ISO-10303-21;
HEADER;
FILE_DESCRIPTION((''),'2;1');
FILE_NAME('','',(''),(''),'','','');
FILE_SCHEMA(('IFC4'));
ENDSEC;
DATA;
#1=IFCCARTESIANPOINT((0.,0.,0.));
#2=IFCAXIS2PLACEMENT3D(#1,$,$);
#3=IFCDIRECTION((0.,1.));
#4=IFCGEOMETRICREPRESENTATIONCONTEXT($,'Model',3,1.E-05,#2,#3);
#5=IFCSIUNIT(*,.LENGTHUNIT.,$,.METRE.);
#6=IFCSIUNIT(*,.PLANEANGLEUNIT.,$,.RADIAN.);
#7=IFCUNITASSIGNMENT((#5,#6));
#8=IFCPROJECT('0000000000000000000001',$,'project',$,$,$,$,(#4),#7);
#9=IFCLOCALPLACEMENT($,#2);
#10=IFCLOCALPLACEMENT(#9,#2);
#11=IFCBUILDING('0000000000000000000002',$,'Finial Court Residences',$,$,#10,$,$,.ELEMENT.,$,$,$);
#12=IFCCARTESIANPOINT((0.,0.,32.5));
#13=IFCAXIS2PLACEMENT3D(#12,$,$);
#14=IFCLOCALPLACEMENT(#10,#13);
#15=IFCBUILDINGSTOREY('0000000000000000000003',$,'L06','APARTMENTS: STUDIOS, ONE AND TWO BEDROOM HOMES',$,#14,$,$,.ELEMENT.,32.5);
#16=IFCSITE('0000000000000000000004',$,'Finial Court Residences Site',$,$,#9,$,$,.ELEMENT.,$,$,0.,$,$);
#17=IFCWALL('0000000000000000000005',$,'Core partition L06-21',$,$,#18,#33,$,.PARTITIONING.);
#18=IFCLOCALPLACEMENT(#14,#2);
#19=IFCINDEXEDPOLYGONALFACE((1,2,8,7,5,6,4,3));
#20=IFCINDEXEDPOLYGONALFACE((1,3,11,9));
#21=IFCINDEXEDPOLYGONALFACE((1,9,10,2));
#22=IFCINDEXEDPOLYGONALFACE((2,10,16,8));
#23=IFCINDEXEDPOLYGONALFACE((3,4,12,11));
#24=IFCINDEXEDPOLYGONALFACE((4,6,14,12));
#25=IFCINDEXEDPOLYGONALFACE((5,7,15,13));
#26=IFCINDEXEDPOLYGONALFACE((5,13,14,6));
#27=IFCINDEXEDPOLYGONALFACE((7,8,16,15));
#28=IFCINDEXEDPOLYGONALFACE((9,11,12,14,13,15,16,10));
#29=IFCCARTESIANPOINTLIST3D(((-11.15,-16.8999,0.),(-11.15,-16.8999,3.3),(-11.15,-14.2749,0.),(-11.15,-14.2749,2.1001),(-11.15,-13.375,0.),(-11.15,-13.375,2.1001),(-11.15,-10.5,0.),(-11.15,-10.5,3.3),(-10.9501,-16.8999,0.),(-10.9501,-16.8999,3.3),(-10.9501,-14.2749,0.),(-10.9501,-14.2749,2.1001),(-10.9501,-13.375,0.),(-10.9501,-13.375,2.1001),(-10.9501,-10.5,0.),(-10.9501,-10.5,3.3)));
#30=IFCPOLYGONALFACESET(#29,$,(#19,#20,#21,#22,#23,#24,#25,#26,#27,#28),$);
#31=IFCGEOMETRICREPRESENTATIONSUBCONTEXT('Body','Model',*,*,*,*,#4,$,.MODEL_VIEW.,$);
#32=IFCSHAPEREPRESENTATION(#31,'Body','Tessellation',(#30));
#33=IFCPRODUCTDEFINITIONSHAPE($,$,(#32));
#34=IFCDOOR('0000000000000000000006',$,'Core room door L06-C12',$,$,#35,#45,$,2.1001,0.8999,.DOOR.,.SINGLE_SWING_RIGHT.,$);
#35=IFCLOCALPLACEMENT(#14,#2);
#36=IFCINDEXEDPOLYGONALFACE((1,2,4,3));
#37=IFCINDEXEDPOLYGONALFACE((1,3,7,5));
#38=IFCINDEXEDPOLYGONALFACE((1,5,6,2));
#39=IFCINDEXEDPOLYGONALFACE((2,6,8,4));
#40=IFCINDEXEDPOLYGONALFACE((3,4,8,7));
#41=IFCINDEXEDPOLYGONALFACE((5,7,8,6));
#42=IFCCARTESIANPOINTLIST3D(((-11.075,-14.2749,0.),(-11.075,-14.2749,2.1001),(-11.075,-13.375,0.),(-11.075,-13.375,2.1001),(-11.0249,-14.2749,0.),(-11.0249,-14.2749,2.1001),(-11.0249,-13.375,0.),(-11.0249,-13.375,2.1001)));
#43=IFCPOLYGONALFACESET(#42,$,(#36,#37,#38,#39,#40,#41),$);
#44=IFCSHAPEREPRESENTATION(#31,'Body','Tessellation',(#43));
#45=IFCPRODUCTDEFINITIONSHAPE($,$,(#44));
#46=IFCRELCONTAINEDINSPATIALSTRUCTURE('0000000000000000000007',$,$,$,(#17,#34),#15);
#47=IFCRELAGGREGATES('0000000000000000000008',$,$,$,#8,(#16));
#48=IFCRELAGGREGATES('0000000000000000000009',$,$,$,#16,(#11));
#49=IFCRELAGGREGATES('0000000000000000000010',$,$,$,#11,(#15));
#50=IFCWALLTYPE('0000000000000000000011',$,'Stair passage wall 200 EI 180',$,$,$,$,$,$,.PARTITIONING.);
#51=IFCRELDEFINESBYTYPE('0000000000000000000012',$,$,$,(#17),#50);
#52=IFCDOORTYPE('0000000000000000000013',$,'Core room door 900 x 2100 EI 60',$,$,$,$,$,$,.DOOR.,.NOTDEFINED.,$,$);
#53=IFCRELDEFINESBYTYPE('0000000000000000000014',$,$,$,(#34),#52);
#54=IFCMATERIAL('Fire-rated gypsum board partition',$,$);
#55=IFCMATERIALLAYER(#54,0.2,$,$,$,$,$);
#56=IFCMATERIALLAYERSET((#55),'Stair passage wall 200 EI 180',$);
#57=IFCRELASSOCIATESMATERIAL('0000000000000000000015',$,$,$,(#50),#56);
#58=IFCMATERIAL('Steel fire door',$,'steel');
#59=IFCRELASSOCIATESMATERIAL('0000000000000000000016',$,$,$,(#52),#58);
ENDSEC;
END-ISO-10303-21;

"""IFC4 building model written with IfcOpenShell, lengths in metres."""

from ifc_helpers import new_model, si_unit, direction, frame, frame_2d, origin, place, context, subcontext, project, spatial, rectangle, extrude, material, layer, layer_set, type_object, element, fill, save


model = new_model("IFC4")

# Units and contexts
model_context = context("Model", 3, precision=1e-05, world=origin(), true_north=direction((0.0, 1.0)))
body_context = subcontext(model_context, "Body", "Model", "MODEL_VIEW")
ifc_project = project(units=[si_unit("LENGTHUNIT", "METRE"), si_unit("PLANEANGLEUNIT", "RADIAN")], contexts=[model_context])

# Site, building, storey
site_placement = place(None, origin())
site = spatial("IfcSite", under=ifc_project, at=site_placement, Name="Finial Court Residences Site", CompositionType="ELEMENT", RefElevation=0.0)
building_placement = place(site_placement, origin())
building = spatial("IfcBuilding", under=site, at=building_placement, Name="Finial Court Residences", CompositionType="ELEMENT")
storey_placement = place(building_placement, frame((0.0, 0.0, 32.5)))
storey = spatial("IfcBuildingStorey", under=building, at=storey_placement, Name="L06", Description="APARTMENTS: STUDIOS, ONE AND TWO BEDROOM HOMES", CompositionType="ELEMENT", Elevation=32.5)

# Shared definitions
ifc_material_1 = material(Name="Fire-rated gypsum board partition")

# Wall, opening, door
ifc_material_2 = material(Name="Steel fire door", Category="steel")
ifc_layer_1 = layer(ifc_material_1, 0.2)
ifc_layer_set_1 = layer_set([ifc_layer_1], Name="Stair passage wall 200 EI 180")
wall_type_1 = type_object("IfcWallType", Name="Stair passage wall 200 EI 180", PredefinedType="PARTITIONING", material=ifc_layer_set_1)
wall_1_placement = place(storey_placement, frame((-11.05, -16.8999, 0.0), z_axis=(0.0, 0.0, 1.0), x_axis=(0.0, 1.0, 0.0)))
wall_1 = element("IfcWall", 1, at=wall_1_placement, inside=storey, type_object=wall_type_1, Name="Core partition L06-21", PredefinedType="PARTITIONING", context=body_context, shape_type="SweptSolid", body=[
    extrude(rectangle(XDim=6.3999, YDim=0.2, at=frame_2d((3.2, 0.0))), origin(), (0.0, 0.0, 1.0), 3.3),
])
opening_1_placement = place(wall_1_placement, frame((2.625, 0.0, 0.0)))
opening_1 = element("IfcOpeningElement", 2, at=opening_1_placement, cuts=wall_1, PredefinedType="OPENING", context=body_context, shape_type="SweptSolid", body=[
    extrude(rectangle(XDim=0.8999, YDim=2.1001, at=frame_2d((0.45, 1.05))), frame((0.0, 0.1099, 0.0), z_axis=(0.0, -1.0, 0.0), x_axis=(1.0, 0.0, 0.0)), (0.0, 0.0, 1.0), 0.22),
])
door_type_1 = type_object("IfcDoorType", Name="Core room door 900 x 2100 EI 60", OperationType="NOTDEFINED", PredefinedType="DOOR", material=ifc_material_2)
door_1_placement = place(opening_1_placement, origin())
door_1 = element("IfcDoor", 3, at=door_1_placement, inside=storey, type_object=door_type_1, Name="Core room door L06-C12", OperationType="SINGLE_SWING_RIGHT", OverallHeight=2.1001, OverallWidth=0.8999, PredefinedType="DOOR", context=body_context, shape_type="SweptSolid", body=[
    extrude(rectangle(XDim=0.8999, YDim=2.1001, at=frame_2d((0.45, 1.05))), frame((0.0, 0.0249, 0.0), z_axis=(0.0, -1.0, 0.0), x_axis=(1.0, 0.0, 0.0)), (0.0, 0.0, 1.0), 0.05),
])
fill(opening_1, door_1)

save(model, "model.ifc")
